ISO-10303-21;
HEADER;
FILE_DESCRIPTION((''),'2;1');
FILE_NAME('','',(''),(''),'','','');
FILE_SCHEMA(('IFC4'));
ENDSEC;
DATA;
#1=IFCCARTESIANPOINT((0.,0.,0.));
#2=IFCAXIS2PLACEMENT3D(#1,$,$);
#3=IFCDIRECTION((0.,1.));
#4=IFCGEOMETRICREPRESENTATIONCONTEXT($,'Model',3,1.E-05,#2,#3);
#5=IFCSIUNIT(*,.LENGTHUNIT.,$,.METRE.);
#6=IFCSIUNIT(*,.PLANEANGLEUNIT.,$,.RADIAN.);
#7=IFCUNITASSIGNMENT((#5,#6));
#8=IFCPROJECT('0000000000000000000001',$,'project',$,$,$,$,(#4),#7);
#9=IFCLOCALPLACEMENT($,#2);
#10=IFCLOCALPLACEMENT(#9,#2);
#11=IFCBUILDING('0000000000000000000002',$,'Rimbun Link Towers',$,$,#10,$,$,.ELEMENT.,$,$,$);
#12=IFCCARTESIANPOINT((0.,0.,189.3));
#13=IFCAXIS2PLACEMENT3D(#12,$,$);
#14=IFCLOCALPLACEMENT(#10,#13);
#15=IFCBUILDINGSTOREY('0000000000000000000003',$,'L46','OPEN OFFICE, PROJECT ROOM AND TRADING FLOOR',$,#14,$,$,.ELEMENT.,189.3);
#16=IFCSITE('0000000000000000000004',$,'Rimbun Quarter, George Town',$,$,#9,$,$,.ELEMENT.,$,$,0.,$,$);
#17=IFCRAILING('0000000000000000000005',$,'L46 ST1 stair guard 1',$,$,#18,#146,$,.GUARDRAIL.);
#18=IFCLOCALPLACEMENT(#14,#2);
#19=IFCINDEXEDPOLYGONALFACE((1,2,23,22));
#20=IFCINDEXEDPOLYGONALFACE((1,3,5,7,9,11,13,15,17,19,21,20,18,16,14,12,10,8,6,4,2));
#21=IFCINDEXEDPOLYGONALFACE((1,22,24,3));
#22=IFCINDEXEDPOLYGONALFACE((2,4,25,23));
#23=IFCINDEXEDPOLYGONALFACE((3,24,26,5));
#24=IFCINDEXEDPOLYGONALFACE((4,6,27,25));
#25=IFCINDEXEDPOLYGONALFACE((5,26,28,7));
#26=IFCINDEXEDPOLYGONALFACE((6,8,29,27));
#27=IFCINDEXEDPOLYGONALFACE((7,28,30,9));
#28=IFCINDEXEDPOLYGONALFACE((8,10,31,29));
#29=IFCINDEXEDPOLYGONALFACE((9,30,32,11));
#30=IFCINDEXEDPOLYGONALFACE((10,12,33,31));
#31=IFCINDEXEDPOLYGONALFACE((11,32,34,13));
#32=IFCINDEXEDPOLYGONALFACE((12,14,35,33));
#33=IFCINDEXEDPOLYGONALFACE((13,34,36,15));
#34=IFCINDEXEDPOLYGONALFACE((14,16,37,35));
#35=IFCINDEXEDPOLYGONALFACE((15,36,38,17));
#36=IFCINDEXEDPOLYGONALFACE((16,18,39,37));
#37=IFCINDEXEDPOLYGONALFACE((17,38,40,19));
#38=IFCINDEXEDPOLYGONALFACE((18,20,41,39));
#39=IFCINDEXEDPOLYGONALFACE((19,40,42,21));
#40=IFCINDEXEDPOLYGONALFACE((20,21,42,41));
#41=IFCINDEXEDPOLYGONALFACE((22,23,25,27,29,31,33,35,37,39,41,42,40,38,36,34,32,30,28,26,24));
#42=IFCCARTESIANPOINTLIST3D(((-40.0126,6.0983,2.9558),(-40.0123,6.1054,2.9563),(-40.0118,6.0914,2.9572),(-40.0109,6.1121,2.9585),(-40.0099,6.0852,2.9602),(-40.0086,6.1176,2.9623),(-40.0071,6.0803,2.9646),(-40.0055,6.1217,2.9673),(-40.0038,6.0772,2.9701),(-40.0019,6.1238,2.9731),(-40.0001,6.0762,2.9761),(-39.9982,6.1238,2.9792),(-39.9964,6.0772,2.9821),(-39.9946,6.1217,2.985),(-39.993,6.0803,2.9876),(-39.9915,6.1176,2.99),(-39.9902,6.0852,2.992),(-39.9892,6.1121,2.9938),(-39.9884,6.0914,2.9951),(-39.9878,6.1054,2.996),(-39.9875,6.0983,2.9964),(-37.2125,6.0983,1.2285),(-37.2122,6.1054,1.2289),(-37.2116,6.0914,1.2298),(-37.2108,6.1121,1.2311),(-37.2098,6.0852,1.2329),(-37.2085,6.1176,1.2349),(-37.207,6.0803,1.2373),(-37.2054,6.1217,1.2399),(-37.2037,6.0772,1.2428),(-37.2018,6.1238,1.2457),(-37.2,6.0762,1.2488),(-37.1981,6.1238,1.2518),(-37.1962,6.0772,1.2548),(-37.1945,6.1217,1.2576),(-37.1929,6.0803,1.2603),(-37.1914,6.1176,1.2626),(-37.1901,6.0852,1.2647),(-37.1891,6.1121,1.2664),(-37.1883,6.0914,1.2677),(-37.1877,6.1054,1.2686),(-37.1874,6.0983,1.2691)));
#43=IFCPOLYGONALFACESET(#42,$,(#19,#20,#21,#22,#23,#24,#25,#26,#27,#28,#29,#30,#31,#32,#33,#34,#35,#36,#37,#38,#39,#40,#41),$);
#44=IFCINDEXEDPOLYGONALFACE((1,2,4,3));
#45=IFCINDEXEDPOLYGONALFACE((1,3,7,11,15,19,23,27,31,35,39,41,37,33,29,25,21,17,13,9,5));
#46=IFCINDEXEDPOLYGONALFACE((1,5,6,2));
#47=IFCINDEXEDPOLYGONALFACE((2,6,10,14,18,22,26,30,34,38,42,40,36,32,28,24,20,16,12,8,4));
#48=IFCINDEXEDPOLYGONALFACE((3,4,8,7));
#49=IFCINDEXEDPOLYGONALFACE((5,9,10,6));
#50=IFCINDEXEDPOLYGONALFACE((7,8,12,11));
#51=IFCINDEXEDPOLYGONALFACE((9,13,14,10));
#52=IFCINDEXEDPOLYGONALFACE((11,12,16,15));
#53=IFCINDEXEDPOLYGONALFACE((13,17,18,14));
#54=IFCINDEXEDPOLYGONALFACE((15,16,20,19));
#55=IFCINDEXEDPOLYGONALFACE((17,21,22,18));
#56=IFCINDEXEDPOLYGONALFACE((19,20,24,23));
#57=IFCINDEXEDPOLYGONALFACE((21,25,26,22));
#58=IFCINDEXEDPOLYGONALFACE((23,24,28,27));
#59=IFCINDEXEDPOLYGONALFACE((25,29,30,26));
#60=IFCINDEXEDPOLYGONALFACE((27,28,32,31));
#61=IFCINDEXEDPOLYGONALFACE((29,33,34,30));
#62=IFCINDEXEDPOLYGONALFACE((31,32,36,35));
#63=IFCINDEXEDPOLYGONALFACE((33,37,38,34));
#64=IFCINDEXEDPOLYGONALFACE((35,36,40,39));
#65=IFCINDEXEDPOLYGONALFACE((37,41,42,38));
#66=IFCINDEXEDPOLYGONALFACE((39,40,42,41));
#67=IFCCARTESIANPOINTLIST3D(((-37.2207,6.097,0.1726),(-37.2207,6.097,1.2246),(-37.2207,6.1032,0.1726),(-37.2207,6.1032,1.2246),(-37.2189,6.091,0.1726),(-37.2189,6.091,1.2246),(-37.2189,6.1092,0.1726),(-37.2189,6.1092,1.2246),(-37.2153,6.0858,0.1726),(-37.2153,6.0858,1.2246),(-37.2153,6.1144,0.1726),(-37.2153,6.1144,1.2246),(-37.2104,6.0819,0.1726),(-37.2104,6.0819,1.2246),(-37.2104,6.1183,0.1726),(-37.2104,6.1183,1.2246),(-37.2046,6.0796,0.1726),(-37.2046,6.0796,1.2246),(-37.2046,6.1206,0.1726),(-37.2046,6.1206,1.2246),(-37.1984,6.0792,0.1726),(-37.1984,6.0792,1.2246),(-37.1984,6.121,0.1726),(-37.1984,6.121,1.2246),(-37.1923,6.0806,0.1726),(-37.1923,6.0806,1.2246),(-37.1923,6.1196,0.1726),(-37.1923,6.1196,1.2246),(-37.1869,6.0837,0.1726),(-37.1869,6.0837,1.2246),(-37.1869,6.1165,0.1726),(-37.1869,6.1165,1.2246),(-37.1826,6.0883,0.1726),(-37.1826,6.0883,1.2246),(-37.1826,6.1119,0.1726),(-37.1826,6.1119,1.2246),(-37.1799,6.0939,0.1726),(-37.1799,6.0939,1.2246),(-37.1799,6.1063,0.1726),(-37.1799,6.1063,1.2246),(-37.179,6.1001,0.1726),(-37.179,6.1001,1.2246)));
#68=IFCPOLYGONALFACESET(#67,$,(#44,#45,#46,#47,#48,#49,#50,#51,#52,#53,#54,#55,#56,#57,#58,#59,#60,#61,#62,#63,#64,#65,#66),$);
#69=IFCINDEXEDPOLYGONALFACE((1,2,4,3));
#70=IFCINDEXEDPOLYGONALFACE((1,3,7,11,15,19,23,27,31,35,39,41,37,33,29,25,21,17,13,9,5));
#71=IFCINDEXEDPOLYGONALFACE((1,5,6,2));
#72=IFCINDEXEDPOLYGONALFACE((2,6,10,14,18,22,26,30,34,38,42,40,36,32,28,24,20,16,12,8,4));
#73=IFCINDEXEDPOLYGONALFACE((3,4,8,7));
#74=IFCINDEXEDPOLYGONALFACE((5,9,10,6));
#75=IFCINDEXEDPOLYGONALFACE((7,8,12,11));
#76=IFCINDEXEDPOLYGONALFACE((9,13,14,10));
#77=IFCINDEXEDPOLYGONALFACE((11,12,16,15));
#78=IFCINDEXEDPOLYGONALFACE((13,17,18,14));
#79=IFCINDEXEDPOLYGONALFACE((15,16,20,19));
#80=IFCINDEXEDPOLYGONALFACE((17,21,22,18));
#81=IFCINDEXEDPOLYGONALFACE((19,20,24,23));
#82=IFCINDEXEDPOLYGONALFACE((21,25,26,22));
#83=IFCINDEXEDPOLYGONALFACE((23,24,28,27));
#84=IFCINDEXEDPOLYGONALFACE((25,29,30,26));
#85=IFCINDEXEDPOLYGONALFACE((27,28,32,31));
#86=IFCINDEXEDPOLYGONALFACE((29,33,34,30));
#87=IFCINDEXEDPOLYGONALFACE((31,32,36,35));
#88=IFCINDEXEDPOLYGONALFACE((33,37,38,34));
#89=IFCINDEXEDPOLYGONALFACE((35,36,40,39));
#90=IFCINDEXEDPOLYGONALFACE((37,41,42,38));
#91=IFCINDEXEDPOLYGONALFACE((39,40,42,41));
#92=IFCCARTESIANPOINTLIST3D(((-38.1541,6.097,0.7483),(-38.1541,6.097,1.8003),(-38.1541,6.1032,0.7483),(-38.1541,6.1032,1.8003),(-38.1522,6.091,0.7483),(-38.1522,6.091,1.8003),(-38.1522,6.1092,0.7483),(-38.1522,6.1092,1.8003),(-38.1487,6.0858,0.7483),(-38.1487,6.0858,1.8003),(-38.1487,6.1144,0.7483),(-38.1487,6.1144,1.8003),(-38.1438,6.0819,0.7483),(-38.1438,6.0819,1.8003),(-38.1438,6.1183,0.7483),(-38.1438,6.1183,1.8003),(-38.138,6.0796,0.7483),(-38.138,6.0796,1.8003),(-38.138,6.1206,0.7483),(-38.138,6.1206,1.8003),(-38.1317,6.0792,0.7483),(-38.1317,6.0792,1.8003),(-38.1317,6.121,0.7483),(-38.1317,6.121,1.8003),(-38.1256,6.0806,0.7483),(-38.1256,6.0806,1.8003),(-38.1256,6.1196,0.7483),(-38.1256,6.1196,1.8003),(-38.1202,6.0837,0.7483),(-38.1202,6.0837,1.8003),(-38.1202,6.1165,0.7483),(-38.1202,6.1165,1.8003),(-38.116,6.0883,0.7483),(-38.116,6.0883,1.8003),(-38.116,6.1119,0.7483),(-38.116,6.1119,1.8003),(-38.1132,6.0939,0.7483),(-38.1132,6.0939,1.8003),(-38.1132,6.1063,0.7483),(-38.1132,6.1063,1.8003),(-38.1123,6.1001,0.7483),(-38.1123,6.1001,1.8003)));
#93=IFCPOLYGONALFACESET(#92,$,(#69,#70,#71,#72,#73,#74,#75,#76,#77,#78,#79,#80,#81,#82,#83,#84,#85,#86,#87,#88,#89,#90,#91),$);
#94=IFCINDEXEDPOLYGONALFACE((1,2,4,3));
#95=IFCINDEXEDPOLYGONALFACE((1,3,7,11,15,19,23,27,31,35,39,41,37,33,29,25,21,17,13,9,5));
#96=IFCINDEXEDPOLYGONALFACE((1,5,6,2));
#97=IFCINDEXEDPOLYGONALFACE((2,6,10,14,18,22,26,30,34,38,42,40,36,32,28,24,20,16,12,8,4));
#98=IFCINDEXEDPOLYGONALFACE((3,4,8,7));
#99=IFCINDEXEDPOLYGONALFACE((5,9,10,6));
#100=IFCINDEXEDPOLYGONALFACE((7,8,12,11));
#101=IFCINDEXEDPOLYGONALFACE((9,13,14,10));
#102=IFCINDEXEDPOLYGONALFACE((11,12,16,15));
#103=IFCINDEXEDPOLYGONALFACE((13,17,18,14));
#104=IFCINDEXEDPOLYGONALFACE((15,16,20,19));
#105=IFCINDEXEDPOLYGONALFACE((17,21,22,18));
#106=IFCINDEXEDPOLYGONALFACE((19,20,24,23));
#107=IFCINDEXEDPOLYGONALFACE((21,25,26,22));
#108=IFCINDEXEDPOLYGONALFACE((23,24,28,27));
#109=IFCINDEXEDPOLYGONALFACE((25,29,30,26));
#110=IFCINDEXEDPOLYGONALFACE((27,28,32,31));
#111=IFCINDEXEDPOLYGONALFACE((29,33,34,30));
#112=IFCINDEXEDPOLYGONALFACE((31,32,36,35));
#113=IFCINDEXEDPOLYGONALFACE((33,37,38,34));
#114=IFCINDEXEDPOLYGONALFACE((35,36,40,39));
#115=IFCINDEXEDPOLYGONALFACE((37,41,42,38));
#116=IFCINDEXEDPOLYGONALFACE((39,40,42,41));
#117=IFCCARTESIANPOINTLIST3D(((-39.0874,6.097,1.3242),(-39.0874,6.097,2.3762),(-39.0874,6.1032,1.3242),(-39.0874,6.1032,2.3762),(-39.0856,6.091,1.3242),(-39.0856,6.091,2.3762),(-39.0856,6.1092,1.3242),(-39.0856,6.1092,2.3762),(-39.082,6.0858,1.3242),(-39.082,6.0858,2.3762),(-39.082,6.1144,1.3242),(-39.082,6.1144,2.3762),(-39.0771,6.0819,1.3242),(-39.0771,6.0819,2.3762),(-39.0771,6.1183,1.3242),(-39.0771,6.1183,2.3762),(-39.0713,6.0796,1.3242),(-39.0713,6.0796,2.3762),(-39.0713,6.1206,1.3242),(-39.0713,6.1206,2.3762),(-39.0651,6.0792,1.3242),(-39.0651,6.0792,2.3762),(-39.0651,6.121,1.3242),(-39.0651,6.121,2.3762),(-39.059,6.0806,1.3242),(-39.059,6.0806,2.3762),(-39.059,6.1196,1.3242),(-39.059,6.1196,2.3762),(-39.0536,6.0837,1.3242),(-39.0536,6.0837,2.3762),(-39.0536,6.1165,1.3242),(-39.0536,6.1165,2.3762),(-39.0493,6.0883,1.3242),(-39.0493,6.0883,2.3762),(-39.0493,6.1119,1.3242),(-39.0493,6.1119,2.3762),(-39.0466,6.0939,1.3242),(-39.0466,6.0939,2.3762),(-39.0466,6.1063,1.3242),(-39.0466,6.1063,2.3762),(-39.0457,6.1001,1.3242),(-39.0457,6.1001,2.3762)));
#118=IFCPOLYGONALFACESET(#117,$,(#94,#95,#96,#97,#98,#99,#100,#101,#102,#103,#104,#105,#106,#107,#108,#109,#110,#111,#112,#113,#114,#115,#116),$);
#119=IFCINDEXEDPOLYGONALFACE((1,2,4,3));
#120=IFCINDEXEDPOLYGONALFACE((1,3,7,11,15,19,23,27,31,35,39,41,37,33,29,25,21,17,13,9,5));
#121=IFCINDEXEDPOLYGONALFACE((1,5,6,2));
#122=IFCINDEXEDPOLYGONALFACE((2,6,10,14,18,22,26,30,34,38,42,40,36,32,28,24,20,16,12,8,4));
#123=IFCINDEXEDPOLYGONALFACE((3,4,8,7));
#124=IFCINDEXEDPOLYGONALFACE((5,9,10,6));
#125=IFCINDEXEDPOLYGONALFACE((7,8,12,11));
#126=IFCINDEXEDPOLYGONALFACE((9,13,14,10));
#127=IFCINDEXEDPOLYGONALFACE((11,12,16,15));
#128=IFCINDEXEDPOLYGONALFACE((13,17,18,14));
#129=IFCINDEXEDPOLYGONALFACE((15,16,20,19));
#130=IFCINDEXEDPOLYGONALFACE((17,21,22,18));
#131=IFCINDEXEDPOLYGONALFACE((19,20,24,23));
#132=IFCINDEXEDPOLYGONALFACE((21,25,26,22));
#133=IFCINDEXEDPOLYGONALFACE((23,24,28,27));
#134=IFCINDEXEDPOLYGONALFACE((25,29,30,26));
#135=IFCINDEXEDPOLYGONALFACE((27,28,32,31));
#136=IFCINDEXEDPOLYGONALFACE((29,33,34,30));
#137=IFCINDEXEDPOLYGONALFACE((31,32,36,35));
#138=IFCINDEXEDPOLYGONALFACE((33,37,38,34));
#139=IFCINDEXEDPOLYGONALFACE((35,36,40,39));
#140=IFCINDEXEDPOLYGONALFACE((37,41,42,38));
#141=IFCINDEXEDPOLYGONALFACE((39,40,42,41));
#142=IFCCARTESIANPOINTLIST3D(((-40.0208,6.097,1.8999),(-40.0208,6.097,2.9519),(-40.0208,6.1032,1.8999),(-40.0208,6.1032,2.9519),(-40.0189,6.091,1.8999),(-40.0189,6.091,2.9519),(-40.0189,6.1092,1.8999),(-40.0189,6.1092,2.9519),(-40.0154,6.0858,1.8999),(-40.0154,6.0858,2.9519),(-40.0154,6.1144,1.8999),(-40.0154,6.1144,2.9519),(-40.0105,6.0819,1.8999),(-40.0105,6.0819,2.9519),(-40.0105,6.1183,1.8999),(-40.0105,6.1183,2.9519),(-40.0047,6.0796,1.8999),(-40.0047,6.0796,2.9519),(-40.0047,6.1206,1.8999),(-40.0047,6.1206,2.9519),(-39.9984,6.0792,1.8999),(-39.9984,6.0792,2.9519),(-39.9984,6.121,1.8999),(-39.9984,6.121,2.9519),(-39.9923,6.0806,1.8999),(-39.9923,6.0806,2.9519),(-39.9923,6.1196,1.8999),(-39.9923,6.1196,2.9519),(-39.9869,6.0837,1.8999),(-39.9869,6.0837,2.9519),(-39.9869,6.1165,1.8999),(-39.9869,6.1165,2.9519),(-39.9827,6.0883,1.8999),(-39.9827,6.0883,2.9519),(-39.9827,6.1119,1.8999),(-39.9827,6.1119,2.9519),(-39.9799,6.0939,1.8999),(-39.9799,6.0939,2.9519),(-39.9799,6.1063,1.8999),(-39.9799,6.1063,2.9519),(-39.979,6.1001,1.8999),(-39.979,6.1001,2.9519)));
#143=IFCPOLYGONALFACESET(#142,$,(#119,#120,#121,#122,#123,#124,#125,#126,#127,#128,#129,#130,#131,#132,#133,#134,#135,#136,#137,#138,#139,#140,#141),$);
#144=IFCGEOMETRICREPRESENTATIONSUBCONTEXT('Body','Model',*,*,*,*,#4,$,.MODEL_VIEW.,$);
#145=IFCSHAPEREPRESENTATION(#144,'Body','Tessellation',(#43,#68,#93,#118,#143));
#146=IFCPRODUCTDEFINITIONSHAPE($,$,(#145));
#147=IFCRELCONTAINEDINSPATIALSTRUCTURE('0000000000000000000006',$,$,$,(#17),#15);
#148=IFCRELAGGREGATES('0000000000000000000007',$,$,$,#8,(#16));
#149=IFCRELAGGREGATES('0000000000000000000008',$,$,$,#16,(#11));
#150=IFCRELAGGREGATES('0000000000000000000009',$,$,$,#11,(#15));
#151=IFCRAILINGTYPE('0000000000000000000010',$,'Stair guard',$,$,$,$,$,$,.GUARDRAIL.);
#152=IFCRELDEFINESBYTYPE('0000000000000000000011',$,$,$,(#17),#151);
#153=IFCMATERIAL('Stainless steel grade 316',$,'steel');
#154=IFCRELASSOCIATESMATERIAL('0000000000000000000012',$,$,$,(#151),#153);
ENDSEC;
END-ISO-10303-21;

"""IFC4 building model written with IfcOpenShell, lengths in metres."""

from ifc_helpers import new_model, si_unit, direction, frame, origin, origin_2d, place, context, subcontext, project, spatial, circle, extrude, material, type_object, element, save


model = new_model("IFC4")

# Units and contexts
model_context = context("Model", 3, precision=1e-05, world=origin(), true_north=direction((0.0, 1.0)))
body_context = subcontext(model_context, "Body", "Model", "MODEL_VIEW")
ifc_project = project(units=[si_unit("LENGTHUNIT", "METRE"), si_unit("PLANEANGLEUNIT", "RADIAN")], contexts=[model_context])

# Site, building, storey
site_placement = place(None, origin())
site = spatial("IfcSite", under=ifc_project, at=site_placement, Name="Rimbun Quarter, George Town", CompositionType="ELEMENT", RefElevation=0.0)
building_placement = place(site_placement, origin())
building = spatial("IfcBuilding", under=site, at=building_placement, Name="Rimbun Link Towers", CompositionType="ELEMENT")
storey_placement = place(building_placement, frame((0.0, 0.0, 189.3)))
storey = spatial("IfcBuildingStorey", under=building, at=storey_placement, Name="L46", Description="OPEN OFFICE, PROJECT ROOM AND TRADING FLOOR", CompositionType="ELEMENT", Elevation=189.3)

# Railing
ifc_material_1 = material(Name="Stainless steel grade 316", Category="steel")
railing_type_1 = type_object("IfcRailingType", Name="Stair guard", PredefinedType="GUARDRAIL", material=ifc_material_1)
railing_1_placement = place(storey_placement, frame((-37.2, 6.1001, 0.1726)))
element("IfcRailing", 1, at=railing_1_placement, inside=storey, type_object=railing_type_1, Name="L46 ST1 stair guard 1", PredefinedType="GUARDRAIL", context=body_context, shape_type="SweptSolid", body=[
    extrude(circle(Radius=0.0239, at=origin_2d()), frame((0.0, 0.0, 1.0762), z_axis=(-0.85109, 0.0, 0.52502), x_axis=(0.0, -1.0, 0.0)), (0.0, 0.0, 1.0), 3.29),
    extrude(circle(Radius=0.021, at=origin_2d()), origin(), (0.0, 0.0, 1.0), 1.052),
    extrude(circle(Radius=0.021, at=origin_2d()), frame((-0.9333, 0.0, 0.5757)), (0.0, 0.0, 1.0), 1.052),
    extrude(circle(Radius=0.021, at=origin_2d()), frame((-1.8667, 0.0, 1.1516)), (0.0, 0.0, 1.0), 1.052),
    extrude(circle(Radius=0.021, at=origin_2d()), frame((-2.8, 0.0, 1.7273)), (0.0, 0.0, 1.0), 1.052),
])

save(model, "model.ifc")
